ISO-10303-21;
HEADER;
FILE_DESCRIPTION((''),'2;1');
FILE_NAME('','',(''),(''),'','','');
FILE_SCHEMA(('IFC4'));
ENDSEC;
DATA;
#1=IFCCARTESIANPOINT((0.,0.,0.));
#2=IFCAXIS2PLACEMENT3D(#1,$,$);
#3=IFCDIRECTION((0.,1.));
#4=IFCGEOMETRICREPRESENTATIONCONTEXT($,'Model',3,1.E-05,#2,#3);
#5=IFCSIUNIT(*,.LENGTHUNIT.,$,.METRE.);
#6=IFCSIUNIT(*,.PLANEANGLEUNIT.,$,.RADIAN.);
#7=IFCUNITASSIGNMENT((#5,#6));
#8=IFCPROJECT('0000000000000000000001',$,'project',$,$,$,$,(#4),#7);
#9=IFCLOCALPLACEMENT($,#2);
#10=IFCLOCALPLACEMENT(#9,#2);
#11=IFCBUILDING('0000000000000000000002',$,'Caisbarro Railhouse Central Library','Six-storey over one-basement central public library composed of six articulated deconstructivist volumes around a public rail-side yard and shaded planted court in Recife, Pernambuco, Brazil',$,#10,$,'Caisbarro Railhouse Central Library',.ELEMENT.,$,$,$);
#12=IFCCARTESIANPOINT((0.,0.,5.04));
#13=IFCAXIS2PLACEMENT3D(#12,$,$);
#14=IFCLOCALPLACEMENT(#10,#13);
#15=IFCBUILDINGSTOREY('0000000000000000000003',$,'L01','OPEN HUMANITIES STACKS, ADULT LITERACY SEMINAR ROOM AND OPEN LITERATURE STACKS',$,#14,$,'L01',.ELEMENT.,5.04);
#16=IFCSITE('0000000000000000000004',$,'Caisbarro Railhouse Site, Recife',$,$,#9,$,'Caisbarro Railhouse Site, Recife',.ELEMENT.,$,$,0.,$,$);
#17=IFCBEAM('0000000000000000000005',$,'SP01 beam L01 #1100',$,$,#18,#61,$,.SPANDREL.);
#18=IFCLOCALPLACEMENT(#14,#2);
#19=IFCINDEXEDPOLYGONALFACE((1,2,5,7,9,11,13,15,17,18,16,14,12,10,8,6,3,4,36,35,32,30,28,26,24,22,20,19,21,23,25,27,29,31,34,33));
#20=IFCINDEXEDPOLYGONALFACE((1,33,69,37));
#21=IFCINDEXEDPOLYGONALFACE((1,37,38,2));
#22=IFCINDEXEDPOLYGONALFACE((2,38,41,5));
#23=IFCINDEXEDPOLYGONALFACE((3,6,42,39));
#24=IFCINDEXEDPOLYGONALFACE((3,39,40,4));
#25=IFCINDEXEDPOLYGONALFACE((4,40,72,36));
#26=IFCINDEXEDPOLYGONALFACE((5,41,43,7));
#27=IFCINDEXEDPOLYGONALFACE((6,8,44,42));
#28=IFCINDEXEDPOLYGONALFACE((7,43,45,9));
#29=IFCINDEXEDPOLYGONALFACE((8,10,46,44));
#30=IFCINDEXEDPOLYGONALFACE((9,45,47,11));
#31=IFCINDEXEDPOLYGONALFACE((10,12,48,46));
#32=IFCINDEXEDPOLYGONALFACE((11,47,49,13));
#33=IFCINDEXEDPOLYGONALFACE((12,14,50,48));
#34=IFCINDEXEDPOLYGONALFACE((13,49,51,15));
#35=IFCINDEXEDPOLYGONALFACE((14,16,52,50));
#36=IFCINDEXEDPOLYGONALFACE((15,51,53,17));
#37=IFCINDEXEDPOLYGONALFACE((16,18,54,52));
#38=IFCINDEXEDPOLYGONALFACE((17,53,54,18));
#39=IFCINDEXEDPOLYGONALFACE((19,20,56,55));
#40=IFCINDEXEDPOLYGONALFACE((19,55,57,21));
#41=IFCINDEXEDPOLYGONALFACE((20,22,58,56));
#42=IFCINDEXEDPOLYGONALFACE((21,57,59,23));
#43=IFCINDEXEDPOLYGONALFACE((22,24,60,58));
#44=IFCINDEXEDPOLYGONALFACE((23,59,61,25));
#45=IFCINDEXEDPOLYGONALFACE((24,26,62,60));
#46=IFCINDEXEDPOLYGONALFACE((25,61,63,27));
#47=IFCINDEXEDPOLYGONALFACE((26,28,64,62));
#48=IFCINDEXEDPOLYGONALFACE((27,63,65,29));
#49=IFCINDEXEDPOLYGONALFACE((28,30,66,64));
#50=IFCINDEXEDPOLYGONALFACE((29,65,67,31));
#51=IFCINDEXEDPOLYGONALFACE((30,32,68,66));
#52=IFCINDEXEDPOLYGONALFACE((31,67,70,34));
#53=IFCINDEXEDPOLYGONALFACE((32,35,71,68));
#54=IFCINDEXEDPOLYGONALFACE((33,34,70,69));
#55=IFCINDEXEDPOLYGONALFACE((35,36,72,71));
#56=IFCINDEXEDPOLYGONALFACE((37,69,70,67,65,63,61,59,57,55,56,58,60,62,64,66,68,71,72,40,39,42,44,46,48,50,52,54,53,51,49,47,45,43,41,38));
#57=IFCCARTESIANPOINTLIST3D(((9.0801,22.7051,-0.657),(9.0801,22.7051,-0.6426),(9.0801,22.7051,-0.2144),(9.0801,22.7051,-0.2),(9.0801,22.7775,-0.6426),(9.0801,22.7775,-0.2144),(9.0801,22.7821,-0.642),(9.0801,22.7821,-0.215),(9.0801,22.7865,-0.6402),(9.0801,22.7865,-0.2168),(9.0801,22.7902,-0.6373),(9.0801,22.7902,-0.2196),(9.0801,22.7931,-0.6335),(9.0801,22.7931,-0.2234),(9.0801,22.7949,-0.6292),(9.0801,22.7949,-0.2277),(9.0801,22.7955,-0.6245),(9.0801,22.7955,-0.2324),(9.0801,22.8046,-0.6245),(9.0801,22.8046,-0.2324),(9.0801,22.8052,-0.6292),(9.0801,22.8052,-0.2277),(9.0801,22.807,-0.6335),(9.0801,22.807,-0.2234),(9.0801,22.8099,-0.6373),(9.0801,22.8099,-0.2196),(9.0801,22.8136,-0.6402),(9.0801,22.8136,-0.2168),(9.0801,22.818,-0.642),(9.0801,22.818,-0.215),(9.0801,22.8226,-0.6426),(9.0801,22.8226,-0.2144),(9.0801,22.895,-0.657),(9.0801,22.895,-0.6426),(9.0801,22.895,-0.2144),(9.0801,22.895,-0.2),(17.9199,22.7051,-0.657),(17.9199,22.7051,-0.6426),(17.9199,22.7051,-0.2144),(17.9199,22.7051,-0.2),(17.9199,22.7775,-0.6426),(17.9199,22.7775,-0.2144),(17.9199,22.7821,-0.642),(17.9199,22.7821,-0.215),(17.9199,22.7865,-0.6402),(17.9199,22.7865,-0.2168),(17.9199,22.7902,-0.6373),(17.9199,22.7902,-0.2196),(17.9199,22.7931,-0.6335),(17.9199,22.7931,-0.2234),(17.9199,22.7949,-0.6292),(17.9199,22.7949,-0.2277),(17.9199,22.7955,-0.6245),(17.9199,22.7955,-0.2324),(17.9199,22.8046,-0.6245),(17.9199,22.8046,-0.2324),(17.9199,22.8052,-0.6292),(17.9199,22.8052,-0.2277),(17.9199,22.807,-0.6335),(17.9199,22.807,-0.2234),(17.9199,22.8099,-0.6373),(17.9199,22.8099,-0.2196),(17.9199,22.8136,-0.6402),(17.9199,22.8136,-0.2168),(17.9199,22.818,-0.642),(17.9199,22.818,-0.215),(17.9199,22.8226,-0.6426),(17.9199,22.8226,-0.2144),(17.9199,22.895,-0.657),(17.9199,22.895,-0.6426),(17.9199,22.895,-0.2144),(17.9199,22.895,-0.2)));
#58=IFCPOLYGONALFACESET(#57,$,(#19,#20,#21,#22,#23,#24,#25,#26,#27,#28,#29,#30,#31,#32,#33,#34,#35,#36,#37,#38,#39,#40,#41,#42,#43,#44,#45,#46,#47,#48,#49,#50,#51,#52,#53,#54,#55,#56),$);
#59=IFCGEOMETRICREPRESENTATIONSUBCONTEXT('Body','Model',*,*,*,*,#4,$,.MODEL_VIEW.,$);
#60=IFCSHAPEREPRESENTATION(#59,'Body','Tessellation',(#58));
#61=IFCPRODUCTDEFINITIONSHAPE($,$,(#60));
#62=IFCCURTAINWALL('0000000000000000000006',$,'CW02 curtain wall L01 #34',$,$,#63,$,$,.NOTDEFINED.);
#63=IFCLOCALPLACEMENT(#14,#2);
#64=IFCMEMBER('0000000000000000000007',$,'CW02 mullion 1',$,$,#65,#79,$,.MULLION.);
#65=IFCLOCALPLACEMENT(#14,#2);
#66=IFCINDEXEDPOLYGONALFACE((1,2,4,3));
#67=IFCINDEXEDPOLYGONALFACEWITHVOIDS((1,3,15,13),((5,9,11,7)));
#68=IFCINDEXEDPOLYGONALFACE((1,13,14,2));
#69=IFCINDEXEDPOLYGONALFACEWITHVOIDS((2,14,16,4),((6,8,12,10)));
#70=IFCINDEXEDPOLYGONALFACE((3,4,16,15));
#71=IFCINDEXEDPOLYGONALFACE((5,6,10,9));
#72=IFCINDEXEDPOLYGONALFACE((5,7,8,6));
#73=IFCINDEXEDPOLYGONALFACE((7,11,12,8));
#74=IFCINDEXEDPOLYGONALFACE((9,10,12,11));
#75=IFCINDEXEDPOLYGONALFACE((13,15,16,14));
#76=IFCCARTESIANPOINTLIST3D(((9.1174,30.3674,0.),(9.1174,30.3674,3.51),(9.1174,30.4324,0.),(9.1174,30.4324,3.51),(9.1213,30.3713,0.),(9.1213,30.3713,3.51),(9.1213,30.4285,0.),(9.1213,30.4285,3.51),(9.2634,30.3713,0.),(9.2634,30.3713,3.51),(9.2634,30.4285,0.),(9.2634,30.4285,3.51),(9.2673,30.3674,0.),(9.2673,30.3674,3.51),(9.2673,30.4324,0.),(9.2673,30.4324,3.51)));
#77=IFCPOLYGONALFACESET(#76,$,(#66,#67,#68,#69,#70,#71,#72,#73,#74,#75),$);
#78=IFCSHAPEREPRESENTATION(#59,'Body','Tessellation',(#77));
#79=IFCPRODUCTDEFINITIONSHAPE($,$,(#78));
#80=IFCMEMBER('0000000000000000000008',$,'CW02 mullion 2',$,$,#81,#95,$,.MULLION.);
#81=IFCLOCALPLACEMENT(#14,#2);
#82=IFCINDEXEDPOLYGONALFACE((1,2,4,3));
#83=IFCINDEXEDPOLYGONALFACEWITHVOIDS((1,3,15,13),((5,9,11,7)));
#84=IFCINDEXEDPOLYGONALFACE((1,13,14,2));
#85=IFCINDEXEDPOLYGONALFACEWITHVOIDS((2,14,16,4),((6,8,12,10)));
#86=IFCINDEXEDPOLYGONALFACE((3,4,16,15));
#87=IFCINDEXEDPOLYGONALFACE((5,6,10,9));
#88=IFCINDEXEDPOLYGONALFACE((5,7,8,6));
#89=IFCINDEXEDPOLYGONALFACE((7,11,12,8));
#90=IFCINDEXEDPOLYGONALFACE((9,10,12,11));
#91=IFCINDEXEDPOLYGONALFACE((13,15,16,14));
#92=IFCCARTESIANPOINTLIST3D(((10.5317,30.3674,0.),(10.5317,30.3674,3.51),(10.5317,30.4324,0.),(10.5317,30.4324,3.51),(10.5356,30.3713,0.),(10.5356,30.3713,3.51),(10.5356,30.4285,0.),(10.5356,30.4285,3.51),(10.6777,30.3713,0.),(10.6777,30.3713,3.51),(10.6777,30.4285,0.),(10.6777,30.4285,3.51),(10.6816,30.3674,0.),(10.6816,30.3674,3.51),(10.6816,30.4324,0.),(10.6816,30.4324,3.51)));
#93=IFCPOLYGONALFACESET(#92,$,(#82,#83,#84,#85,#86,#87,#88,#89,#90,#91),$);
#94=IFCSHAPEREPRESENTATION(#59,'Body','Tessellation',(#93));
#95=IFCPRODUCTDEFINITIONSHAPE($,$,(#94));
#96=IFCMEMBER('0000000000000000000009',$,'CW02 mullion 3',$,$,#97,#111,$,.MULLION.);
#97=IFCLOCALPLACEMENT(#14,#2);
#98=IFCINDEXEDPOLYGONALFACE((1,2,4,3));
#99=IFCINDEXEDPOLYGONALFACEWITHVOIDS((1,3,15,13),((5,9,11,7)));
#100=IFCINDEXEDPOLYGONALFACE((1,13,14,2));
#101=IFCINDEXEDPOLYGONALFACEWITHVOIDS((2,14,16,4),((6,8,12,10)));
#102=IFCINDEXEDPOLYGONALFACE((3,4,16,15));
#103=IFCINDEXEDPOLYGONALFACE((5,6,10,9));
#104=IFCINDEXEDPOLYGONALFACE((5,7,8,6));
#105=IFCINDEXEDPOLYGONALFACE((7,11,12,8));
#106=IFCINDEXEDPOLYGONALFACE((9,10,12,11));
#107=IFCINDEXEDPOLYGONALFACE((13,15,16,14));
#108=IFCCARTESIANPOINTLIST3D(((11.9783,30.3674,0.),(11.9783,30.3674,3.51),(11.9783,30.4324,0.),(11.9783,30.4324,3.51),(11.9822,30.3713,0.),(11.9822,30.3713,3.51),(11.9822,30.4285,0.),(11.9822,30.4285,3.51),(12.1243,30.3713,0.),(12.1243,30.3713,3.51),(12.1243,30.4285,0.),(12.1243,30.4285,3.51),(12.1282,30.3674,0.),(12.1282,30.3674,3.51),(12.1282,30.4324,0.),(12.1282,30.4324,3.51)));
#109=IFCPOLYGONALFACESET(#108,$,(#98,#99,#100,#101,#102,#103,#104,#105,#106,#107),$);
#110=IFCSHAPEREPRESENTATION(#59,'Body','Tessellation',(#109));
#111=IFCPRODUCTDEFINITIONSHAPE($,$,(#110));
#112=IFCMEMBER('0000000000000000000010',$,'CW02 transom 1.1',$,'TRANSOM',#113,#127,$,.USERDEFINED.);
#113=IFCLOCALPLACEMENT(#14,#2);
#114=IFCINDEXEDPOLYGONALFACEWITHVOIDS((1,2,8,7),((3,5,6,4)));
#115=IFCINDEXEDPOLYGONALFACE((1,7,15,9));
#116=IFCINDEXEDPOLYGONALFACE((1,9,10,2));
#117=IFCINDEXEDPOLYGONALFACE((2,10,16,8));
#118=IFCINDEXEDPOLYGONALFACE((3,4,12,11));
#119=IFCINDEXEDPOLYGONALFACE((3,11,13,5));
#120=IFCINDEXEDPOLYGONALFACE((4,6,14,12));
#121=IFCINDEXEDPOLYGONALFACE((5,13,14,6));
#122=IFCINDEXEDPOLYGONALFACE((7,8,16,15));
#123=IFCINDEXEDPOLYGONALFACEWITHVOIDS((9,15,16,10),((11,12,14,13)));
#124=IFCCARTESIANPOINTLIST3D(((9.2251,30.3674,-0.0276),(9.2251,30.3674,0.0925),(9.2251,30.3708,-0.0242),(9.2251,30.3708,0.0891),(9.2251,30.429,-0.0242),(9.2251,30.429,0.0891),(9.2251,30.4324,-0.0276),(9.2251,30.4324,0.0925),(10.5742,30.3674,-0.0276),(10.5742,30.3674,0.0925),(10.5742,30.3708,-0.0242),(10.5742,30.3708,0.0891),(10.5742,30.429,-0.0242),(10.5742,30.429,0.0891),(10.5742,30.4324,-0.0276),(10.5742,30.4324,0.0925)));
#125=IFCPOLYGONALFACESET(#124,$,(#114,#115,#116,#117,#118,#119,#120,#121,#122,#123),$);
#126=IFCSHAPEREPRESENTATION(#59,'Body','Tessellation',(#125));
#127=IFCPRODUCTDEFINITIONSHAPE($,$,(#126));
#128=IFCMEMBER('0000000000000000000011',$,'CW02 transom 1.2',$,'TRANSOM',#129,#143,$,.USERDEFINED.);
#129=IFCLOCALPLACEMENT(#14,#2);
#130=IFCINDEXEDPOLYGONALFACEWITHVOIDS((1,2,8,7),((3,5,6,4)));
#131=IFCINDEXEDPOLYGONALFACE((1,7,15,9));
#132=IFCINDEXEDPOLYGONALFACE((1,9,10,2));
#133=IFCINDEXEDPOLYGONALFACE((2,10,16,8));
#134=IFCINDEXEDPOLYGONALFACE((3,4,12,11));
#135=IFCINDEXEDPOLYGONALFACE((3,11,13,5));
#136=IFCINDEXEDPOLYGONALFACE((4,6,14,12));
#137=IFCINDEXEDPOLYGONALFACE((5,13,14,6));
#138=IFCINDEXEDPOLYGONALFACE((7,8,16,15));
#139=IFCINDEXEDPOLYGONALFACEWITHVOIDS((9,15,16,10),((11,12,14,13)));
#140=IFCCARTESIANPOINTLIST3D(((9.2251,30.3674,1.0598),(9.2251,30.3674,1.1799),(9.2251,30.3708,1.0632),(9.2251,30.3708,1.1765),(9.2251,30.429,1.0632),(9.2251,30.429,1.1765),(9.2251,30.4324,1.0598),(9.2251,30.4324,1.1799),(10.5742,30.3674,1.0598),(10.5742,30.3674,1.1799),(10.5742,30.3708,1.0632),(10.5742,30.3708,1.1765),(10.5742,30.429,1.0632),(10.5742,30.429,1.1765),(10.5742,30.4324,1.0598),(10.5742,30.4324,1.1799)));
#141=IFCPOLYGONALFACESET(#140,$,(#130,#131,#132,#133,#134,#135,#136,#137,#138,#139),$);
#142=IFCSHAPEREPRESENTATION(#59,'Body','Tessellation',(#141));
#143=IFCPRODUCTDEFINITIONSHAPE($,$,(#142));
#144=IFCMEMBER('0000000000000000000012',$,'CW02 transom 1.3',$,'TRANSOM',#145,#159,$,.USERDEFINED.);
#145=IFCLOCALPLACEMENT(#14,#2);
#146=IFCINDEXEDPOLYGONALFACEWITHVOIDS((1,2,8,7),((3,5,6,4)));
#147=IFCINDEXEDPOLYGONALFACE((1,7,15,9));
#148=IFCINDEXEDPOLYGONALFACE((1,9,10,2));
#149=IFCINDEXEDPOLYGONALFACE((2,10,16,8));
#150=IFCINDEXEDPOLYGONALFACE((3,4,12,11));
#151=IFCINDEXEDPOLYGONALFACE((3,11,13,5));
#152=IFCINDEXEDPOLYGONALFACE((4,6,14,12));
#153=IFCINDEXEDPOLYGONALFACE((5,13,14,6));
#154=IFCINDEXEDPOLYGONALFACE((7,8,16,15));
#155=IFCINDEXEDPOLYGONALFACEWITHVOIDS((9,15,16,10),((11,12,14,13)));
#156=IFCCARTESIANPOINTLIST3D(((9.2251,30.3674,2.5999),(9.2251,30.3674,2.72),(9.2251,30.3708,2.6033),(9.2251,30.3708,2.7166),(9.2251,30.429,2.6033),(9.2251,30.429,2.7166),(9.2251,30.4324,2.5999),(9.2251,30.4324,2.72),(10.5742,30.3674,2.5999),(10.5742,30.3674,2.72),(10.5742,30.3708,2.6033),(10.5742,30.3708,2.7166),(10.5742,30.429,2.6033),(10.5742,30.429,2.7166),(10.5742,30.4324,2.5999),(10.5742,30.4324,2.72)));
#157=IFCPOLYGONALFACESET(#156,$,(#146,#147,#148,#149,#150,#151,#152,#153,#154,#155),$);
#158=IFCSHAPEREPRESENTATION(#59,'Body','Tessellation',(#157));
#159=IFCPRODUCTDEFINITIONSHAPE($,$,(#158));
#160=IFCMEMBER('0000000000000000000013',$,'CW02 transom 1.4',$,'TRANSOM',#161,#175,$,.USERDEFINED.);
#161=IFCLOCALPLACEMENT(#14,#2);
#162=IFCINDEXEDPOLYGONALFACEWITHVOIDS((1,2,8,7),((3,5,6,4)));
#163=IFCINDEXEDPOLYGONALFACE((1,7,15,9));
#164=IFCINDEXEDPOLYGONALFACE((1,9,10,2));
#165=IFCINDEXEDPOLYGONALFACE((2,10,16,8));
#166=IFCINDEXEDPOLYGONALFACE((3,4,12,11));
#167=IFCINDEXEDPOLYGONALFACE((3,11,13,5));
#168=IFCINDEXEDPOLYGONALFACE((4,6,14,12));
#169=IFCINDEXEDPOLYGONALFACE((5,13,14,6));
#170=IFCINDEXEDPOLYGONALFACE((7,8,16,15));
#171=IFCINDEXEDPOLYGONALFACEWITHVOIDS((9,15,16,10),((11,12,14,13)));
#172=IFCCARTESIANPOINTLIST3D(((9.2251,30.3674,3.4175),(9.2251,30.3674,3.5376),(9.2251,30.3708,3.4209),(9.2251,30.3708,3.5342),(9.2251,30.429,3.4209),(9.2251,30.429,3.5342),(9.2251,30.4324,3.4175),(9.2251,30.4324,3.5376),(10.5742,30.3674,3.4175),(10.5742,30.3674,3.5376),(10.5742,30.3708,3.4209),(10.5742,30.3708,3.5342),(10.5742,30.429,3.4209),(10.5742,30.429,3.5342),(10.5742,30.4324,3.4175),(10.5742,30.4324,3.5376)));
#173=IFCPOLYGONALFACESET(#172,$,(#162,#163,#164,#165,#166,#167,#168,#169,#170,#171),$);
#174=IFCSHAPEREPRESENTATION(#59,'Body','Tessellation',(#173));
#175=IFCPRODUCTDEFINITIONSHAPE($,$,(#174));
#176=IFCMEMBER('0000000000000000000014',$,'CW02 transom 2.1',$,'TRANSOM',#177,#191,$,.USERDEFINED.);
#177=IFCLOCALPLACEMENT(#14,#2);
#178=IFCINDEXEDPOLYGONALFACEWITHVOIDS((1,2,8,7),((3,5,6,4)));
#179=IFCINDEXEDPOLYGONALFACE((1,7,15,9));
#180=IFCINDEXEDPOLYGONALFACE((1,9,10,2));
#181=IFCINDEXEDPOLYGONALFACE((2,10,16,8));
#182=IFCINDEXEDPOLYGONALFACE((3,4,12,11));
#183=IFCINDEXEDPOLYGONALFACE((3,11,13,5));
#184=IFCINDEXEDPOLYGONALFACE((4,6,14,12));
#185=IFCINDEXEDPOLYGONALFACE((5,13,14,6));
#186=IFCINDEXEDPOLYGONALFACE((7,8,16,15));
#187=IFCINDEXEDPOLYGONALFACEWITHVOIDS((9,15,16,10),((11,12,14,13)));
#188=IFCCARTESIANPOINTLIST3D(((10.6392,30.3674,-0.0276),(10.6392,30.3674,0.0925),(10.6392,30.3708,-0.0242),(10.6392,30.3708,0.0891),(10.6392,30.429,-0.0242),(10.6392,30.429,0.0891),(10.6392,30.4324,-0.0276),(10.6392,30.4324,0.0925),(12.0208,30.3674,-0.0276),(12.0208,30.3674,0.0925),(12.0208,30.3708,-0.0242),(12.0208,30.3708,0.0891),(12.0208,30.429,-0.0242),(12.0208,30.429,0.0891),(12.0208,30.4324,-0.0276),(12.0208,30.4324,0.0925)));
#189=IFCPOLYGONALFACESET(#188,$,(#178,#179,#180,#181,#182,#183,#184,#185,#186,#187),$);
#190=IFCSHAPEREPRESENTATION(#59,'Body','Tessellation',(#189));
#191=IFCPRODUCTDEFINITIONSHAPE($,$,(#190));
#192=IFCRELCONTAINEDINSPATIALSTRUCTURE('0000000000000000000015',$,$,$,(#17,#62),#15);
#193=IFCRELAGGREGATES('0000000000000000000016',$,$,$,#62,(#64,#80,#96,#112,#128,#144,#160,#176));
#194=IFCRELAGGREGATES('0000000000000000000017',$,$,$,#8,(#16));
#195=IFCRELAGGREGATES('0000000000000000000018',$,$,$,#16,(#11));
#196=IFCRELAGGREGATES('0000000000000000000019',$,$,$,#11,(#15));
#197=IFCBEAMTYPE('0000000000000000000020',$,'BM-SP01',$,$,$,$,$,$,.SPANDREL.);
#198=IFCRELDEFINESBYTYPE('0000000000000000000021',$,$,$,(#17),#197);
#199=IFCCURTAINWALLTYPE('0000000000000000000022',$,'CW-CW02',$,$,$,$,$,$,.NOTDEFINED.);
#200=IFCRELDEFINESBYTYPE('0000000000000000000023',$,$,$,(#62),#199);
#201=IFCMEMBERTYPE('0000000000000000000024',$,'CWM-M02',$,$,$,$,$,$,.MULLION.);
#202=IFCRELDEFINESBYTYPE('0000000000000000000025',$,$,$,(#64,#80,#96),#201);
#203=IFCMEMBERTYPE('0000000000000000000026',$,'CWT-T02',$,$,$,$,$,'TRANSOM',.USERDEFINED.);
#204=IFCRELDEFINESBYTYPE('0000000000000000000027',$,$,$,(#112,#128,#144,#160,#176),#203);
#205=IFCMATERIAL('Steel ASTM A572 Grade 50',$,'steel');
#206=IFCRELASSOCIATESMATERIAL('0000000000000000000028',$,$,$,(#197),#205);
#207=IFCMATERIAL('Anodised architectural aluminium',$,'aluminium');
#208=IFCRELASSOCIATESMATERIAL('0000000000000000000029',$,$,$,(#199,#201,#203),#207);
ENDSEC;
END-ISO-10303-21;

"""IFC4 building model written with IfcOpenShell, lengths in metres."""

from ifc_helpers import new_model, si_unit, direction, frame, origin, origin_2d, place, context, subcontext, project, spatial, hollow_rectangle, i_section, extrude, material, material_profile, profile_set, type_object, element, aggregate, save


model = new_model("IFC4")

# Units and contexts
model_context = context("Model", 3, precision=1e-05, world=origin(), true_north=direction((0.0, 1.0)))
body_context = subcontext(model_context, "Body", "Model", "MODEL_VIEW")
ifc_project = project(units=[si_unit("LENGTHUNIT", "METRE"), si_unit("PLANEANGLEUNIT", "RADIAN")], contexts=[model_context])

# Site, building, storey
site_placement = place(None, origin())
site = spatial("IfcSite", under=ifc_project, at=site_placement, Name="Caisbarro Railhouse Site, Recife", LongName="Caisbarro Railhouse Site, Recife", CompositionType="ELEMENT", RefElevation=0.0)
building_placement = place(site_placement, origin())
building = spatial("IfcBuilding", under=site, at=building_placement, Name="Caisbarro Railhouse Central Library", Description="Six-storey over one-basement central public library composed of six articulated deconstructivist volumes around a public rail-side yard and shaded planted court in Recife, Pernambuco, Brazil", LongName="Caisbarro Railhouse Central Library", CompositionType="ELEMENT")
storey_placement = place(building_placement, frame((0.0, 0.0, 5.04)))
storey = spatial("IfcBuildingStorey", under=building, at=storey_placement, Name="L01", Description="OPEN HUMANITIES STACKS, ADULT LITERACY SEMINAR ROOM AND OPEN LITERATURE STACKS", LongName="L01", CompositionType="ELEMENT", Elevation=5.04)

# Shared definitions
ifc_material_1 = material(Name="Steel ASTM A572 Grade 50", Category="steel")

# Beam
ifc_material_profile_1 = material_profile(ifc_material_1, i_section(OverallWidth=0.1899, OverallDepth=0.457, WebThickness=0.009, FlangeThickness=0.0144, FilletRadius=0.0181, at=origin_2d()), Name="W460X74.0")
ifc_profile_set_1 = profile_set([ifc_material_profile_1], Name="Steel ASTM A572 Grade 50")
beam_type_1 = type_object("IfcBeamType", Name="BM-SP01", PredefinedType="SPANDREL", material=ifc_profile_set_1)
for number, where, z_axis, x_axis, name in (
    (1, (9.0801, 22.8, -0.4285), (1.0, 0.0, 0.0), (0.0, 1.0, 0.0), "SP01 beam L01 #1100"),
):
    element("IfcBeam", number, at=place(storey_placement, frame(where, z_axis=z_axis, x_axis=x_axis)), inside=storey, type_object=beam_type_1, Name=name, PredefinedType="SPANDREL", context=body_context, shape_type="SweptSolid", body=[
        extrude(i_section(OverallWidth=0.1899, OverallDepth=0.457, WebThickness=0.009, FlangeThickness=0.0144, FilletRadius=0.0181, at=origin_2d()), origin(), (0.0, 0.0, 1.0), 8.8398),
    ])

# Curtain wall, members
ifc_material_2 = material(Name="Anodised architectural aluminium", Category="aluminium")
curtain_wall_type = type_object("IfcCurtainWallType", Name="CW-CW02", PredefinedType="NOTDEFINED", material=ifc_material_2)
curtain_wall_placement = place(storey_placement, origin())
curtain_wall = element("IfcCurtainWall", 2, at=curtain_wall_placement, inside=storey, type_object=curtain_wall_type, Name="CW02 curtain wall L01 #34", PredefinedType="NOTDEFINED")
ifc_material_profile_2 = material_profile(ifc_material_2, hollow_rectangle(XDim=0.0649, YDim=0.1499, WallThickness=0.0039, at=origin_2d()), Name="ALU-MUL-65X150")
ifc_profile_set_2 = profile_set([ifc_material_profile_2], Name="Anodised architectural aluminium")
member_type_1 = type_object("IfcMemberType", Name="CWM-M02", PredefinedType="MULLION", material=ifc_profile_set_2)
member_1_placement = place(storey_placement, frame((9.1924, 30.3999, 0.0), z_axis=(0.0, 0.0, 1.0), x_axis=(0.0, 1.0, 0.0)))
member_1 = element("IfcMember", 3, at=member_1_placement, type_object=member_type_1, Name="CW02 mullion 1", PredefinedType="MULLION", context=body_context, shape_type="SweptSolid", body=[
    extrude(hollow_rectangle(XDim=0.0649, YDim=0.1499, WallThickness=0.0039, at=origin_2d()), origin(), (0.0, 0.0, 1.0), 3.51),
])
member_2_placement = place(storey_placement, frame((10.6067, 30.3999, 0.0), z_axis=(0.0, 0.0, 1.0), x_axis=(0.0, 1.0, 0.0)))
member_2 = element("IfcMember", 4, at=member_2_placement, type_object=member_type_1, Name="CW02 mullion 2", PredefinedType="MULLION", context=body_context, shape_type="SweptSolid", body=[
    extrude(hollow_rectangle(XDim=0.0649, YDim=0.1499, WallThickness=0.0039, at=origin_2d()), origin(), (0.0, 0.0, 1.0), 3.51),
])
member_3_placement = place(storey_placement, frame((12.0532, 30.3999, 0.0), z_axis=(0.0, 0.0, 1.0), x_axis=(0.0, 1.0, 0.0)))
member_3 = element("IfcMember", 5, at=member_3_placement, type_object=member_type_1, Name="CW02 mullion 3", PredefinedType="MULLION", context=body_context, shape_type="SweptSolid", body=[
    extrude(hollow_rectangle(XDim=0.0649, YDim=0.1499, WallThickness=0.0039, at=origin_2d()), origin(), (0.0, 0.0, 1.0), 3.51),
])
ifc_material_profile_3 = material_profile(ifc_material_2, hollow_rectangle(XDim=0.0649, YDim=0.1201, WallThickness=0.0034, at=origin_2d()), Name="ALU-TRN-65X120")
ifc_profile_set_3 = profile_set([ifc_material_profile_3], Name="Anodised architectural aluminium")
member_type_2 = type_object("IfcMemberType", Name="CWT-T02", ElementType="TRANSOM", PredefinedType="USERDEFINED", material=ifc_profile_set_3)
member_4_placement = place(storey_placement, frame((9.2251, 30.3999, 0.0325), z_axis=(1.0, 0.0, 0.0), x_axis=(0.0, 1.0, 0.0)))
member_4 = element("IfcMember", 6, at=member_4_placement, type_object=member_type_2, Name="CW02 transom 1.1", ObjectType="TRANSOM", PredefinedType="USERDEFINED", context=body_context, shape_type="SweptSolid", body=[
    extrude(hollow_rectangle(XDim=0.0649, YDim=0.1201, WallThickness=0.0034, at=origin_2d()), origin(), (0.0, 0.0, 1.0), 1.3491),
])
member_5_placement = place(storey_placement, frame((9.2251, 30.3999, 1.1199), z_axis=(1.0, 0.0, 0.0), x_axis=(0.0, 1.0, 0.0)))
member_5 = element("IfcMember", 7, at=member_5_placement, type_object=member_type_2, Name="CW02 transom 1.2", ObjectType="TRANSOM", PredefinedType="USERDEFINED", context=body_context, shape_type="SweptSolid", body=[
    extrude(hollow_rectangle(XDim=0.0649, YDim=0.1201, WallThickness=0.0034, at=origin_2d()), origin(), (0.0, 0.0, 1.0), 1.3491),
])
member_6_placement = place(storey_placement, frame((9.2251, 30.3999, 2.6599), z_axis=(1.0, 0.0, 0.0), x_axis=(0.0, 1.0, 0.0)))
member_6 = element("IfcMember", 8, at=member_6_placement, type_object=member_type_2, Name="CW02 transom 1.3", ObjectType="TRANSOM", PredefinedType="USERDEFINED", context=body_context, shape_type="SweptSolid", body=[
    extrude(hollow_rectangle(XDim=0.0649, YDim=0.1201, WallThickness=0.0034, at=origin_2d()), origin(), (0.0, 0.0, 1.0), 1.3491),
])
member_7_placement = place(storey_placement, frame((9.2251, 30.3999, 3.4775), z_axis=(1.0, 0.0, 0.0), x_axis=(0.0, 1.0, 0.0)))
member_7 = element("IfcMember", 9, at=member_7_placement, type_object=member_type_2, Name="CW02 transom 1.4", ObjectType="TRANSOM", PredefinedType="USERDEFINED", context=body_context, shape_type="SweptSolid", body=[
    extrude(hollow_rectangle(XDim=0.0649, YDim=0.1201, WallThickness=0.0034, at=origin_2d()), origin(), (0.0, 0.0, 1.0), 1.3491),
])
member_8_placement = place(storey_placement, frame((10.6392, 30.3999, 0.0325), z_axis=(1.0, 0.0, 0.0), x_axis=(0.0, 1.0, 0.0)))
member_8 = element("IfcMember", 10, at=member_8_placement, type_object=member_type_2, Name="CW02 transom 2.1", ObjectType="TRANSOM", PredefinedType="USERDEFINED", context=body_context, shape_type="SweptSolid", body=[
    extrude(hollow_rectangle(XDim=0.0649, YDim=0.1201, WallThickness=0.0034, at=origin_2d()), origin(), (0.0, 0.0, 1.0), 1.3816),
])
aggregate(curtain_wall, [member_1, member_2, member_3, member_4, member_5, member_6, member_7, member_8])

save(model, "model.ifc")
